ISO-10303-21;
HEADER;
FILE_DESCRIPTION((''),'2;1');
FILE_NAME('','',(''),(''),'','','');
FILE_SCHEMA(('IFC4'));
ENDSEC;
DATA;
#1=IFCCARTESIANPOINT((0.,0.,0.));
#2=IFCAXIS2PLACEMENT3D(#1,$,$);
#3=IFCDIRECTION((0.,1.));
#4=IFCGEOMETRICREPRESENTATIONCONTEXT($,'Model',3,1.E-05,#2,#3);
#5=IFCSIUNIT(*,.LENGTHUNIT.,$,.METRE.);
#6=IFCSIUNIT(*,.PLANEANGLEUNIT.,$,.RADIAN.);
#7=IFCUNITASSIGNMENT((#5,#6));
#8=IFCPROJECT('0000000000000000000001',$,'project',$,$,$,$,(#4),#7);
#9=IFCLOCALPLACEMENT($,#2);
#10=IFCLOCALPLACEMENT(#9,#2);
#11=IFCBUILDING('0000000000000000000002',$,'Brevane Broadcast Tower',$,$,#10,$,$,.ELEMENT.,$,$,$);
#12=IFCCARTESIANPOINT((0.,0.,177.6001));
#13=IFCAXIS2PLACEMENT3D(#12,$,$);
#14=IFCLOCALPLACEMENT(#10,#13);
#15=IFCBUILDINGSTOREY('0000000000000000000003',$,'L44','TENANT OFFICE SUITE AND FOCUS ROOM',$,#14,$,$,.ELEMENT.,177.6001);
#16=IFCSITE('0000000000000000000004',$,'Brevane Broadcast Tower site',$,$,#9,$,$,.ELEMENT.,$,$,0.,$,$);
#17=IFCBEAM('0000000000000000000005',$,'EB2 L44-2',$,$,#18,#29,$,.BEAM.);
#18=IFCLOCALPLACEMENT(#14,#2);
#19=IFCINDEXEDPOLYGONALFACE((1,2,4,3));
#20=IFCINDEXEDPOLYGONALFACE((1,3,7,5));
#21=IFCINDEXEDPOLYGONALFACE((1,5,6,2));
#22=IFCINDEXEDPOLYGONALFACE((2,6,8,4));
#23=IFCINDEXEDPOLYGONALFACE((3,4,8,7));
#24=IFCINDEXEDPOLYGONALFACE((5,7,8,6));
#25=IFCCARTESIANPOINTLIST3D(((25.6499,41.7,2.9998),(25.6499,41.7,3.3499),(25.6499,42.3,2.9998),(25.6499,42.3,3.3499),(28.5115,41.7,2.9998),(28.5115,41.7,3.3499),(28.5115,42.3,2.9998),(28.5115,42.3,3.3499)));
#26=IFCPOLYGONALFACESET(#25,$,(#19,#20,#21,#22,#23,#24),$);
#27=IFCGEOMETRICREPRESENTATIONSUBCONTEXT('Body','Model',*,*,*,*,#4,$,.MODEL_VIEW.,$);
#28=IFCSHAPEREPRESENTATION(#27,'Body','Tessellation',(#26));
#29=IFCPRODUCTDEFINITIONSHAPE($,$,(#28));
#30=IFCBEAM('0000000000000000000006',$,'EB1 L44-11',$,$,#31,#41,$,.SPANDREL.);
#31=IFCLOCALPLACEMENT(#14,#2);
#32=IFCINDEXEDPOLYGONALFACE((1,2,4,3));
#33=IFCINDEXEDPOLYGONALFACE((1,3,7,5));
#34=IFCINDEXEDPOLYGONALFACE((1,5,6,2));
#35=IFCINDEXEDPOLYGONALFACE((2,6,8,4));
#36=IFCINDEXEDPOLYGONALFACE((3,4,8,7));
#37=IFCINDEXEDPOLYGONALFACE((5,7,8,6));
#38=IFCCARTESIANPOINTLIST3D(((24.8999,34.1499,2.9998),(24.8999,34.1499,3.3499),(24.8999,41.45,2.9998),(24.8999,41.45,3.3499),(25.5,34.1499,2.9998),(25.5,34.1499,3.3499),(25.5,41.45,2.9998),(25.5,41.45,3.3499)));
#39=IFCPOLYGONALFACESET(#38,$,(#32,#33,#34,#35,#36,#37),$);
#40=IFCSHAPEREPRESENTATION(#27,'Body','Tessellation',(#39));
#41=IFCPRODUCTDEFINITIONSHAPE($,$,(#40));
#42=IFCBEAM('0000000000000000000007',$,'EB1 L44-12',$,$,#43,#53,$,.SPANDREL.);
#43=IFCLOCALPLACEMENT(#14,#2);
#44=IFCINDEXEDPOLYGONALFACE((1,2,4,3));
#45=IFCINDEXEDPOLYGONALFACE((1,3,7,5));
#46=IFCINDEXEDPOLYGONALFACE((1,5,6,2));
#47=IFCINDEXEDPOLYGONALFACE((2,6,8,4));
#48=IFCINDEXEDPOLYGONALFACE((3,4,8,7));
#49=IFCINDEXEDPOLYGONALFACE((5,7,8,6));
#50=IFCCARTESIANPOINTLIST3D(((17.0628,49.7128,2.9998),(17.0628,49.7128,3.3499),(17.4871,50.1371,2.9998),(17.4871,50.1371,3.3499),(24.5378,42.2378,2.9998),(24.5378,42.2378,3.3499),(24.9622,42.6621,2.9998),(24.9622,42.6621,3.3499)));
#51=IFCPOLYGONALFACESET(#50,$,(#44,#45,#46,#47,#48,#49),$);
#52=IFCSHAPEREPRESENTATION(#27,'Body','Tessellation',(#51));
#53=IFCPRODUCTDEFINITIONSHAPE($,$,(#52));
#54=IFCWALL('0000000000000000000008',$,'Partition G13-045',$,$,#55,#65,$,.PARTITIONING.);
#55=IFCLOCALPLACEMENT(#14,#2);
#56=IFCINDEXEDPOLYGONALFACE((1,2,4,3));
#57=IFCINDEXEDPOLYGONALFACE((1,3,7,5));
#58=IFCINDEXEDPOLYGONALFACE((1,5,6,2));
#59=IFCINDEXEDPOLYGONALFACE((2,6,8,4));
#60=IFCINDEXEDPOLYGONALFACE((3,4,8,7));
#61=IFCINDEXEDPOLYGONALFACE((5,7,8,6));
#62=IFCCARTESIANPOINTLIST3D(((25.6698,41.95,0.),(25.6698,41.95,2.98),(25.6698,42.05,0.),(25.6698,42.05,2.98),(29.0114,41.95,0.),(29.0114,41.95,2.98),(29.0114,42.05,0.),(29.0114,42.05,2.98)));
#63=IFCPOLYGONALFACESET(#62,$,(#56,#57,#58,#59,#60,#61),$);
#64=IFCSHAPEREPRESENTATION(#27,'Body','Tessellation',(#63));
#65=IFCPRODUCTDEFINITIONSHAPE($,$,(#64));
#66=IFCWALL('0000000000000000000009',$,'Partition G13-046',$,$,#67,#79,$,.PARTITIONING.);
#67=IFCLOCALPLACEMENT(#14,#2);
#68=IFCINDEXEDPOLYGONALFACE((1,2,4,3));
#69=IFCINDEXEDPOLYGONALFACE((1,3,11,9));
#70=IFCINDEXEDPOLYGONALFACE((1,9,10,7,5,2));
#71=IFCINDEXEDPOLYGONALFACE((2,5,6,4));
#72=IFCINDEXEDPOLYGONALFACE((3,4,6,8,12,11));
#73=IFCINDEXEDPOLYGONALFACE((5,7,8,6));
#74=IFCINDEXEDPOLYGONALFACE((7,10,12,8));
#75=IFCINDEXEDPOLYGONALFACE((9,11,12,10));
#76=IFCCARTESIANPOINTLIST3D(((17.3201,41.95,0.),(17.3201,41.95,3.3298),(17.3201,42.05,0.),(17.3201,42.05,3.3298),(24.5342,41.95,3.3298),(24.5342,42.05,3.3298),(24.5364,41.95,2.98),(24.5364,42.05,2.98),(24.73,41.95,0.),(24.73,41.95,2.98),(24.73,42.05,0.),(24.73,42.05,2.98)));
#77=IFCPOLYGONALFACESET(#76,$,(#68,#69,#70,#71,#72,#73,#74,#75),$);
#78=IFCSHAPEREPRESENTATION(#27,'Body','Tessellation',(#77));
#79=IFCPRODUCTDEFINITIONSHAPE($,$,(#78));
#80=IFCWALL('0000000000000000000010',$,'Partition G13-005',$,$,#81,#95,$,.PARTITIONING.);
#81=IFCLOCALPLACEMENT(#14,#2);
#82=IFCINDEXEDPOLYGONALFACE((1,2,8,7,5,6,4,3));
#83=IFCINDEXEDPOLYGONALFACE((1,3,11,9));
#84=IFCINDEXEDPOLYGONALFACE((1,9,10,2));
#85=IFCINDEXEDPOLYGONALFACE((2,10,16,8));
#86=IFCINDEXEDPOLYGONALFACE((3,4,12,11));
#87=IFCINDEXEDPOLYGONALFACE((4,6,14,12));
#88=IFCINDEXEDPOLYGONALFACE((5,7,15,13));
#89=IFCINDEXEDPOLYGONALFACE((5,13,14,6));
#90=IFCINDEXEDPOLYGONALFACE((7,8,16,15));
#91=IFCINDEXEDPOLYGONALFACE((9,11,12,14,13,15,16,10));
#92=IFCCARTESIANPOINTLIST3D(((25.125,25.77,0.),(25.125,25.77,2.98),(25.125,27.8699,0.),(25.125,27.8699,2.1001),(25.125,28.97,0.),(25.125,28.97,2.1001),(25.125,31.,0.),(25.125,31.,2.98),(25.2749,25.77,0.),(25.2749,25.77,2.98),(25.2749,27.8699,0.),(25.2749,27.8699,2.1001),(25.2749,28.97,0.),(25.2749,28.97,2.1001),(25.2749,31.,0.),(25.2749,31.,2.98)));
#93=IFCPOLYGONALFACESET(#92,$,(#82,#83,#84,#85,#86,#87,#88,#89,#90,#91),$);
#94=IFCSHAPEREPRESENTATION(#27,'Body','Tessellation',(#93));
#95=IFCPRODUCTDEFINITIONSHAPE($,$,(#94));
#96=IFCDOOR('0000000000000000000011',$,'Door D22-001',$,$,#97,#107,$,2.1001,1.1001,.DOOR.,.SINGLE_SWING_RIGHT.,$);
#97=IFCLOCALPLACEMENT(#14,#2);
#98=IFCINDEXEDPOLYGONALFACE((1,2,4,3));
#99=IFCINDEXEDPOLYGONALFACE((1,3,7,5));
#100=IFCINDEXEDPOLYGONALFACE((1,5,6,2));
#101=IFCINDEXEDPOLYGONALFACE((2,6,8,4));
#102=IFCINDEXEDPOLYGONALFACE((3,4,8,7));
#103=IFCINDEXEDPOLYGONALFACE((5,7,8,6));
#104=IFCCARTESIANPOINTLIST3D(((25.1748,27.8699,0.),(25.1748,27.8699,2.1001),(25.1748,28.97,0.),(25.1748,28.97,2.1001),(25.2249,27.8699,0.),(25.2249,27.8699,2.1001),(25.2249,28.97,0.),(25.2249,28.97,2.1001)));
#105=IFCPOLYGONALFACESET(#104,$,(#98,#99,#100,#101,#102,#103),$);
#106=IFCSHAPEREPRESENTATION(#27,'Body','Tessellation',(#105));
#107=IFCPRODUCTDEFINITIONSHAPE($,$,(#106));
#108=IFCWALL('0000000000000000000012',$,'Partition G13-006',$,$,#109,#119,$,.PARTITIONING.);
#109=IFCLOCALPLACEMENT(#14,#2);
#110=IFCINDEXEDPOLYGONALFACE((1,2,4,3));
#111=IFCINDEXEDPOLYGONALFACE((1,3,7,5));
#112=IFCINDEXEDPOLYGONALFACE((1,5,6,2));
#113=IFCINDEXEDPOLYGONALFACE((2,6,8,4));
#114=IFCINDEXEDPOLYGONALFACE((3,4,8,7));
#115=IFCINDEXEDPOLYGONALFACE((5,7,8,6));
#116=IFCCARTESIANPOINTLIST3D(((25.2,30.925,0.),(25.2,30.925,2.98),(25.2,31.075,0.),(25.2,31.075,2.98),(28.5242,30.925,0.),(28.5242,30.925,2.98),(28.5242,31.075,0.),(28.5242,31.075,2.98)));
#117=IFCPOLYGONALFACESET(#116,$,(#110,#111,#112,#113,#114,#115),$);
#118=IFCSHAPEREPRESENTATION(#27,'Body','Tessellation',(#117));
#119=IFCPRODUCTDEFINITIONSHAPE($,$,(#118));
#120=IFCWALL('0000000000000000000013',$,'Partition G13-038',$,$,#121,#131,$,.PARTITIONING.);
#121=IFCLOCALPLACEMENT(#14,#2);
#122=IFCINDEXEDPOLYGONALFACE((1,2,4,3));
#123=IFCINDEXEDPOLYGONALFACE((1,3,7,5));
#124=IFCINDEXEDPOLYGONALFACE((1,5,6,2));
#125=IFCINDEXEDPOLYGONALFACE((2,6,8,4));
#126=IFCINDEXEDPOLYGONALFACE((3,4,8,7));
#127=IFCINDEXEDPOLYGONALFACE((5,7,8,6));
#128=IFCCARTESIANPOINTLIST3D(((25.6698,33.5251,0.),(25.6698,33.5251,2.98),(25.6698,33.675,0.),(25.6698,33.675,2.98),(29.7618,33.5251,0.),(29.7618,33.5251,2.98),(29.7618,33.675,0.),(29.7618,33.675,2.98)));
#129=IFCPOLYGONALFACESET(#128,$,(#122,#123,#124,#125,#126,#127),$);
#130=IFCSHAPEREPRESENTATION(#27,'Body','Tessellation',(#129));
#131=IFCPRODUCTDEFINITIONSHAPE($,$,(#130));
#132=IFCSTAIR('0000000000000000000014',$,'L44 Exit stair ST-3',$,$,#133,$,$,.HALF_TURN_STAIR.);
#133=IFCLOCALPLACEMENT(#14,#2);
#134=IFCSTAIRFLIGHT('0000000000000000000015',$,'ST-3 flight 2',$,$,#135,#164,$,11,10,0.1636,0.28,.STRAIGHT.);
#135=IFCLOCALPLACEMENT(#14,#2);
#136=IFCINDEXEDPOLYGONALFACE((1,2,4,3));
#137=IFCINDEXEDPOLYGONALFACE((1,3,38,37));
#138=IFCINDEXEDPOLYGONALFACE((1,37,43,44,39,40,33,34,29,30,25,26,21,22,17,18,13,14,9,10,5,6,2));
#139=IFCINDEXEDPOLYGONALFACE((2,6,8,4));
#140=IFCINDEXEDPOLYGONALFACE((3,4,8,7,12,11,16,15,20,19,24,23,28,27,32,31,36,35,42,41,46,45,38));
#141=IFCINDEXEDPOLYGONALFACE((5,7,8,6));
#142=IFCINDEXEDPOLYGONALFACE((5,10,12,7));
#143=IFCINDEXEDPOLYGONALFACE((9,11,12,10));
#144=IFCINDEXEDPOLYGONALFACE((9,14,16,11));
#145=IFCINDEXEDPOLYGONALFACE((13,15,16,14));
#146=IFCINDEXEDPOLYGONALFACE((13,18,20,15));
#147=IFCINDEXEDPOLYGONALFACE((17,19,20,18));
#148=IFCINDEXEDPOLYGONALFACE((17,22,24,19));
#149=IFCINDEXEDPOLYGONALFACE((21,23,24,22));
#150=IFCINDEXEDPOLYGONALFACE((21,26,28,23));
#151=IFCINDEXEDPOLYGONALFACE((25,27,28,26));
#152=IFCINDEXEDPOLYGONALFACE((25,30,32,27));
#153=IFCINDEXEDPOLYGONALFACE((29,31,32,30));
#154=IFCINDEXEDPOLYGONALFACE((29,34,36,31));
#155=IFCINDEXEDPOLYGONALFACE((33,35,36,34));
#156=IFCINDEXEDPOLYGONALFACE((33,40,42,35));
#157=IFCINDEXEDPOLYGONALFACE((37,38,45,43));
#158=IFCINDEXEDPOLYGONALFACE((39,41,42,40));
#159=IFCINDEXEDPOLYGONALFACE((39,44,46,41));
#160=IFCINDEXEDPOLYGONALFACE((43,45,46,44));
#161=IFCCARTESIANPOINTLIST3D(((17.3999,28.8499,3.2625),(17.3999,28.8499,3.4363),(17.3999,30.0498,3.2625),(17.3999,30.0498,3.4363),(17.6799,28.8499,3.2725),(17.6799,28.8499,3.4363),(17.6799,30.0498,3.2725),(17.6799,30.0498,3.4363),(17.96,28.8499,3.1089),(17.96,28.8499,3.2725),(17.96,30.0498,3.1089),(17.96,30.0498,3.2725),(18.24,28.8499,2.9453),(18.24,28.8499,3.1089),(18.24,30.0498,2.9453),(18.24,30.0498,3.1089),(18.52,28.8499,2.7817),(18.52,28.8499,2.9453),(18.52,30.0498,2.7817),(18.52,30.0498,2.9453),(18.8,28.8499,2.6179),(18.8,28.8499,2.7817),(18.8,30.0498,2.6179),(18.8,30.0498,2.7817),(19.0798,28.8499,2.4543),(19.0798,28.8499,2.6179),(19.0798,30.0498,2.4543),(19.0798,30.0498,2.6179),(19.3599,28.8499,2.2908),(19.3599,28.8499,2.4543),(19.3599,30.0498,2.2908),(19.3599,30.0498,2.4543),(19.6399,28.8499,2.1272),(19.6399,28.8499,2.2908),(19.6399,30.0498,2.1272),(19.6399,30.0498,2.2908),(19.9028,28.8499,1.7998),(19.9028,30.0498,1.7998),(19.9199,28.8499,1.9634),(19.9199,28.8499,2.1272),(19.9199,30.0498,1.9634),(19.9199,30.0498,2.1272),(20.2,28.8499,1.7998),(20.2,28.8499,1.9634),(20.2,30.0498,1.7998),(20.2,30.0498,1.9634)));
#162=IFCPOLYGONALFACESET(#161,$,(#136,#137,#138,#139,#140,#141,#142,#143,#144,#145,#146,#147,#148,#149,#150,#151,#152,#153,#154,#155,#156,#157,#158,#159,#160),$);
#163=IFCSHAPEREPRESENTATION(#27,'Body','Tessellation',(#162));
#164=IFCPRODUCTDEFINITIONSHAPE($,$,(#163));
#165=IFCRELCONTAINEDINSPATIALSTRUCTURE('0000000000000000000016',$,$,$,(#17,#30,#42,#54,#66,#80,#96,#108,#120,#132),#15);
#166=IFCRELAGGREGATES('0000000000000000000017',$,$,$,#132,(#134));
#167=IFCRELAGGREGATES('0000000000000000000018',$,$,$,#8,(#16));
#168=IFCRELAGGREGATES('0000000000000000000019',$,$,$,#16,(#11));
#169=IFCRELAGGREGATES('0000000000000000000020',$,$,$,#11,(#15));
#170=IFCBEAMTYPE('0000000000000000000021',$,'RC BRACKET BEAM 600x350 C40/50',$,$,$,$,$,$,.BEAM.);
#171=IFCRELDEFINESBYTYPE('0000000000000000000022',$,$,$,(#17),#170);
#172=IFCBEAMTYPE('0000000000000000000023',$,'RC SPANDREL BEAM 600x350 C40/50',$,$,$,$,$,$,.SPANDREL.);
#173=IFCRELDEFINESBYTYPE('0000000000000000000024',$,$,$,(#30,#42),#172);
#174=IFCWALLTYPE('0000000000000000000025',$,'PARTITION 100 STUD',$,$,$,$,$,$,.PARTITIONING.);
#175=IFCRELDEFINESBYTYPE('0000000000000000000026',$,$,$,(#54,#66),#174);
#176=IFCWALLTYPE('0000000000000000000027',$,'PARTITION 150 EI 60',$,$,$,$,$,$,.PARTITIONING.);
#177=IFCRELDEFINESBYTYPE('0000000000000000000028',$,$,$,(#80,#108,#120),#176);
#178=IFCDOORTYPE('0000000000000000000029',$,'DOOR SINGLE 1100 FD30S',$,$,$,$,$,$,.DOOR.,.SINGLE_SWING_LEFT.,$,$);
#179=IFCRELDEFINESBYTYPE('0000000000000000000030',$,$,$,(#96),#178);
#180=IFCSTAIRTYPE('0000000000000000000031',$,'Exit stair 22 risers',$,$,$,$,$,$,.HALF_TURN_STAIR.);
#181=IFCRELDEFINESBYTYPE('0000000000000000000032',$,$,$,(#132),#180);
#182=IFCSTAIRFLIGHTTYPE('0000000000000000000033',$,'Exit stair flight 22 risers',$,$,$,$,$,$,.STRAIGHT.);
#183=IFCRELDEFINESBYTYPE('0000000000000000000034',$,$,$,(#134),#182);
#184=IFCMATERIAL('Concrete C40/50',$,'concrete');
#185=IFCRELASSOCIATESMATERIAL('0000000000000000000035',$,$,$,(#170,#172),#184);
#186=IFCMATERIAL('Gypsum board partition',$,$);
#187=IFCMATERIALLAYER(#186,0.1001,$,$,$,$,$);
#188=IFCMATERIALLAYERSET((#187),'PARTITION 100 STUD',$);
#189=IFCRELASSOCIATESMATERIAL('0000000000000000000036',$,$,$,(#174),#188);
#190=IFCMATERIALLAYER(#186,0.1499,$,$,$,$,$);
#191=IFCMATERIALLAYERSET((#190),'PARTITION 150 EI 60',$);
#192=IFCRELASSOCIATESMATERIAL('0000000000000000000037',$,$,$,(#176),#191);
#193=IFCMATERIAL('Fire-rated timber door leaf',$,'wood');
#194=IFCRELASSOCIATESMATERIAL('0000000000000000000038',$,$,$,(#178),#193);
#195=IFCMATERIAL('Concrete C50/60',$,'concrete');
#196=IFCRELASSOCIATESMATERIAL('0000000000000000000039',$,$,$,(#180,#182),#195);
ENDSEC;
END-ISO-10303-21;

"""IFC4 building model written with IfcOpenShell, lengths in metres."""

from ifc_helpers import new_model, si_unit, direction, frame, frame_2d, origin, origin_2d, place, context, subcontext, project, spatial, polyline, rectangle, outline, extrude, material, layer, layer_set, material_profile, profile_set, type_object, element, fill, aggregate, save


model = new_model("IFC4")

# Units and contexts
model_context = context("Model", 3, precision=1e-05, world=origin(), true_north=direction((0.0, 1.0)))
body_context = subcontext(model_context, "Body", "Model", "MODEL_VIEW")
ifc_project = project(units=[si_unit("LENGTHUNIT", "METRE"), si_unit("PLANEANGLEUNIT", "RADIAN")], contexts=[model_context])

# Site, building, storey
site_placement = place(None, origin())
site = spatial("IfcSite", under=ifc_project, at=site_placement, Name="Brevane Broadcast Tower site", CompositionType="ELEMENT", RefElevation=0.0)
building_placement = place(site_placement, origin())
building = spatial("IfcBuilding", under=site, at=building_placement, Name="Brevane Broadcast Tower", CompositionType="ELEMENT")
storey_placement = place(building_placement, frame((0.0, 0.0, 177.6001)))
storey = spatial("IfcBuildingStorey", under=building, at=storey_placement, Name="L44", Description="TENANT OFFICE SUITE AND FOCUS ROOM", CompositionType="ELEMENT", Elevation=177.6001)

# Beams
ifc_material_1 = material(Name="Concrete C40/50", Category="concrete")
ifc_material_profile_1 = material_profile(ifc_material_1, rectangle(XDim=0.6001, YDim=0.3501, at=origin_2d()), Name="RC 600x350")
ifc_profile_set_1 = profile_set([ifc_material_profile_1], Name="Concrete C40/50")
beam_type_1 = type_object("IfcBeamType", Name="RC BRACKET BEAM 600x350 C40/50", PredefinedType="BEAM", material=ifc_profile_set_1)
beam_1_placement = place(storey_placement, frame((25.6499, 42.0, 3.1748), z_axis=(1.0, 0.0, 0.0), x_axis=(0.0, 1.0, 0.0)))
element("IfcBeam", 1, at=beam_1_placement, inside=storey, type_object=beam_type_1, Name="EB2 L44-2", PredefinedType="BEAM", context=body_context, shape_type="SweptSolid", body=[
    extrude(rectangle(XDim=0.6001, YDim=0.3501, at=origin_2d()), origin(), (0.0, 0.0, 1.0), 2.8616),
])
ifc_material_profile_2 = material_profile(ifc_material_1, rectangle(XDim=0.6001, YDim=0.3501, at=origin_2d()), Name="RC 600x350")
ifc_profile_set_2 = profile_set([ifc_material_profile_2], Name="Concrete C40/50")
beam_type_2 = type_object("IfcBeamType", Name="RC SPANDREL BEAM 600x350 C40/50", PredefinedType="SPANDREL", material=ifc_profile_set_2)
beam_2_placement = place(storey_placement, frame((25.2, 34.1499, 3.1748), z_axis=(0.0, 1.0, 0.0), x_axis=(-1.0, 0.0, 0.0)))
element("IfcBeam", 2, at=beam_2_placement, inside=storey, type_object=beam_type_2, Name="EB1 L44-11", PredefinedType="SPANDREL", context=body_context, shape_type="SweptSolid", body=[
    extrude(rectangle(XDim=0.6001, YDim=0.3501, at=origin_2d()), origin(), (0.0, 0.0, 1.0), 7.3),
])
beam_3_placement = place(storey_placement, frame((24.75, 42.45, 3.1748), z_axis=(-0.707107, 0.707107, 0.0), x_axis=(-0.707107, -0.707107, 0.0)))
element("IfcBeam", 3, at=beam_3_placement, inside=storey, type_object=beam_type_2, Name="EB1 L44-12", PredefinedType="SPANDREL", context=body_context, shape_type="SweptSolid", body=[
    extrude(rectangle(XDim=0.6001, YDim=0.3501, at=origin_2d()), origin(), (0.0, 0.0, 1.0), 10.5713),
])

# Walls
ifc_material_2 = material(Name="Gypsum board partition")
ifc_layer_1 = layer(ifc_material_2, 0.1001)
ifc_layer_set_1 = layer_set([ifc_layer_1], Name="PARTITION 100 STUD")
wall_type_1 = type_object("IfcWallType", Name="PARTITION 100 STUD", PredefinedType="PARTITIONING", material=ifc_layer_set_1)
wall_1_placement = place(storey_placement, frame((29.0115, 42.0, 0.0), z_axis=(0.0, 0.0, 1.0), x_axis=(-1.0, 0.0, 0.0)))
element("IfcWall", 4, at=wall_1_placement, inside=storey, type_object=wall_type_1, Name="Partition G13-045", PredefinedType="PARTITIONING", context=body_context, shape_type="SweptSolid", body=[
    extrude(rectangle(XDim=3.3416, YDim=0.1001, at=frame_2d((1.6709, 0.0))), origin(), (0.0, 0.0, 1.0), 2.98),
])
wall_2_placement = place(storey_placement, frame((24.73, 42.0, 0.0), z_axis=(0.0, 0.0, 1.0), x_axis=(-1.0, 0.0, 0.0)))
element("IfcWall", 5, at=wall_2_placement, inside=storey, type_object=wall_type_1, Name="Partition G13-046", PredefinedType="PARTITIONING", context=body_context, shape_type="SweptSolid", body=[
    extrude(outline(polyline([(0.0, 0.0), (7.4099, 0.0), (7.4099, 3.3298), (0.1958, 3.3298), (0.1936, 2.98), (0.0, 2.98), (0.0, 0.0)])), frame((0.0, 0.05, 0.0), z_axis=(0.0, -1.0, 0.0), x_axis=(1.0, 0.0, 0.0)), (0.0, 0.0, 1.0), 0.1001),
])

# Wall, opening, door
ifc_layer_2 = layer(ifc_material_2, 0.1499)
ifc_layer_set_2 = layer_set([ifc_layer_2], Name="PARTITION 150 EI 60")
wall_type_2 = type_object("IfcWallType", Name="PARTITION 150 EI 60", PredefinedType="PARTITIONING", material=ifc_layer_set_2)
wall_3_placement = place(storey_placement, frame((25.2, 31.0, 0.0), z_axis=(0.0, 0.0, 1.0), x_axis=(0.0, -1.0, 0.0)))
wall_3 = element("IfcWall", 6, at=wall_3_placement, inside=storey, type_object=wall_type_2, Name="Partition G13-005", PredefinedType="PARTITIONING", context=body_context, shape_type="SweptSolid", body=[
    extrude(outline(polyline([(0.0, 0.0), (5.23, 0.0), (5.23, 2.98), (0.0, 2.98), (0.0, 0.0)])), frame((0.0, 0.075, 0.0), z_axis=(0.0, -1.0, 0.0), x_axis=(1.0, 0.0, 0.0)), (0.0, 0.0, 1.0), 0.1499),
])
opening_1_placement = place(wall_3_placement, frame((2.03, 0.0, 0.0)))
opening_1 = element("IfcOpeningElement", 7, at=opening_1_placement, cuts=wall_3, PredefinedType="OPENING", context=body_context, shape_type="SweptSolid", body=[
    extrude(rectangle(XDim=1.1001, YDim=2.1001, at=frame_2d((0.55, 1.05))), frame((0.0, 0.085, 0.0), z_axis=(0.0, -1.0, 0.0), x_axis=(1.0, 0.0, 0.0)), (0.0, 0.0, 1.0), 0.1699),
])
ifc_material_3 = material(Name="Fire-rated timber door leaf", Category="wood")
door_type_1 = type_object("IfcDoorType", Name="DOOR SINGLE 1100 FD30S", OperationType="SINGLE_SWING_LEFT", PredefinedType="DOOR", material=ifc_material_3)
door_1_placement = place(opening_1_placement, origin())
door_1 = element("IfcDoor", 8, at=door_1_placement, inside=storey, type_object=door_type_1, Name="Door D22-001", OperationType="SINGLE_SWING_RIGHT", OverallHeight=2.1001, OverallWidth=1.1001, PredefinedType="DOOR", context=body_context, shape_type="SweptSolid", body=[
    extrude(rectangle(XDim=1.1001, YDim=2.1001, at=frame_2d((0.55, 1.05))), frame((0.0, 0.0249, 0.0), z_axis=(0.0, -1.0, 0.0), x_axis=(1.0, 0.0, 0.0)), (0.0, 0.0, 1.0), 0.05),
])
fill(opening_1, door_1)

# Wall
wall_4_placement = place(storey_placement, frame((25.2, 31.0, 0.0), z_axis=(0.0, 0.0, 1.0), x_axis=(1.0, 0.0, 0.0)))
element("IfcWall", 9, at=wall_4_placement, inside=storey, type_object=wall_type_2, Name="Partition G13-006", PredefinedType="PARTITIONING", context=body_context, shape_type="SweptSolid", body=[
    extrude(rectangle(XDim=3.3242, YDim=0.1499, at=frame_2d((1.6621, 0.0))), origin(), (0.0, 0.0, 1.0), 2.98),
])

# Wall
wall_5_placement = place(storey_placement, frame((25.6699, 33.6001, 0.0), z_axis=(0.0, 0.0, 1.0), x_axis=(1.0, 0.0, 0.0)))
element("IfcWall", 10, at=wall_5_placement, inside=storey, type_object=wall_type_2, Name="Partition G13-038", PredefinedType="PARTITIONING", context=body_context, shape_type="SweptSolid", body=[
    extrude(rectangle(XDim=4.092, YDim=0.1499, at=frame_2d((2.0459, 0.0))), origin(), (0.0, 0.0, 1.0), 2.98),
])

# Stair, stair flight
ifc_material_4 = material(Name="Concrete C50/60", Category="concrete")
stair_type = type_object("IfcStairType", Name="Exit stair 22 risers", PredefinedType="HALF_TURN_STAIR", material=ifc_material_4)
stair_placement = place(storey_placement, origin())
stair = element("IfcStair", 11, at=stair_placement, inside=storey, type_object=stair_type, Name="L44 Exit stair ST-3", PredefinedType="HALF_TURN_STAIR")
stair_flight_type = type_object("IfcStairFlightType", Name="Exit stair flight 22 risers", PredefinedType="STRAIGHT", material=ifc_material_4)
stair_flight_placement = place(storey_placement, frame((20.2, 29.45, 1.7998), z_axis=(0.0, 0.0, 1.0), x_axis=(-1.0, 0.0, 0.0)))
stair_flight = element("IfcStairFlight", 12, at=stair_flight_placement, type_object=stair_flight_type, Name="ST-3 flight 2", NumberOfRisers=11, NumberOfTreads=10, PredefinedType="STRAIGHT", RiserHeight=0.1636, TreadLength=0.28, context=body_context, shape_type="SweptSolid", body=[
    extrude(outline(polyline([(0.0, 0.0), (0.0, 0.1636), (0.28, 0.1636), (0.28, 0.3274), (0.5601, 0.3274), (0.5601, 0.491), (0.8401, 0.491), (0.8401, 0.6545), (1.1201, 0.6545), (1.1201, 0.8181), (1.3999, 0.8181), (1.3999, 0.9819), (1.6799, 0.9819), (1.6799, 1.1455), (1.96, 1.1455), (1.96, 1.3091), (2.24, 1.3091), (2.24, 1.4727), (2.52, 1.4727), (2.52, 1.6365), (2.8, 1.6365), (2.8, 1.8), (2.8, 1.4626), (0.2971, 0.0), (0.0, 0.0)])), frame((0.0, 0.6001, 0.0), z_axis=(0.0, -1.0, 0.0), x_axis=(1.0, 0.0, 0.0)), (0.0, 0.0, 1.0), 1.2),
])
aggregate(stair, [stair_flight])

save(model, "model.ifc")
